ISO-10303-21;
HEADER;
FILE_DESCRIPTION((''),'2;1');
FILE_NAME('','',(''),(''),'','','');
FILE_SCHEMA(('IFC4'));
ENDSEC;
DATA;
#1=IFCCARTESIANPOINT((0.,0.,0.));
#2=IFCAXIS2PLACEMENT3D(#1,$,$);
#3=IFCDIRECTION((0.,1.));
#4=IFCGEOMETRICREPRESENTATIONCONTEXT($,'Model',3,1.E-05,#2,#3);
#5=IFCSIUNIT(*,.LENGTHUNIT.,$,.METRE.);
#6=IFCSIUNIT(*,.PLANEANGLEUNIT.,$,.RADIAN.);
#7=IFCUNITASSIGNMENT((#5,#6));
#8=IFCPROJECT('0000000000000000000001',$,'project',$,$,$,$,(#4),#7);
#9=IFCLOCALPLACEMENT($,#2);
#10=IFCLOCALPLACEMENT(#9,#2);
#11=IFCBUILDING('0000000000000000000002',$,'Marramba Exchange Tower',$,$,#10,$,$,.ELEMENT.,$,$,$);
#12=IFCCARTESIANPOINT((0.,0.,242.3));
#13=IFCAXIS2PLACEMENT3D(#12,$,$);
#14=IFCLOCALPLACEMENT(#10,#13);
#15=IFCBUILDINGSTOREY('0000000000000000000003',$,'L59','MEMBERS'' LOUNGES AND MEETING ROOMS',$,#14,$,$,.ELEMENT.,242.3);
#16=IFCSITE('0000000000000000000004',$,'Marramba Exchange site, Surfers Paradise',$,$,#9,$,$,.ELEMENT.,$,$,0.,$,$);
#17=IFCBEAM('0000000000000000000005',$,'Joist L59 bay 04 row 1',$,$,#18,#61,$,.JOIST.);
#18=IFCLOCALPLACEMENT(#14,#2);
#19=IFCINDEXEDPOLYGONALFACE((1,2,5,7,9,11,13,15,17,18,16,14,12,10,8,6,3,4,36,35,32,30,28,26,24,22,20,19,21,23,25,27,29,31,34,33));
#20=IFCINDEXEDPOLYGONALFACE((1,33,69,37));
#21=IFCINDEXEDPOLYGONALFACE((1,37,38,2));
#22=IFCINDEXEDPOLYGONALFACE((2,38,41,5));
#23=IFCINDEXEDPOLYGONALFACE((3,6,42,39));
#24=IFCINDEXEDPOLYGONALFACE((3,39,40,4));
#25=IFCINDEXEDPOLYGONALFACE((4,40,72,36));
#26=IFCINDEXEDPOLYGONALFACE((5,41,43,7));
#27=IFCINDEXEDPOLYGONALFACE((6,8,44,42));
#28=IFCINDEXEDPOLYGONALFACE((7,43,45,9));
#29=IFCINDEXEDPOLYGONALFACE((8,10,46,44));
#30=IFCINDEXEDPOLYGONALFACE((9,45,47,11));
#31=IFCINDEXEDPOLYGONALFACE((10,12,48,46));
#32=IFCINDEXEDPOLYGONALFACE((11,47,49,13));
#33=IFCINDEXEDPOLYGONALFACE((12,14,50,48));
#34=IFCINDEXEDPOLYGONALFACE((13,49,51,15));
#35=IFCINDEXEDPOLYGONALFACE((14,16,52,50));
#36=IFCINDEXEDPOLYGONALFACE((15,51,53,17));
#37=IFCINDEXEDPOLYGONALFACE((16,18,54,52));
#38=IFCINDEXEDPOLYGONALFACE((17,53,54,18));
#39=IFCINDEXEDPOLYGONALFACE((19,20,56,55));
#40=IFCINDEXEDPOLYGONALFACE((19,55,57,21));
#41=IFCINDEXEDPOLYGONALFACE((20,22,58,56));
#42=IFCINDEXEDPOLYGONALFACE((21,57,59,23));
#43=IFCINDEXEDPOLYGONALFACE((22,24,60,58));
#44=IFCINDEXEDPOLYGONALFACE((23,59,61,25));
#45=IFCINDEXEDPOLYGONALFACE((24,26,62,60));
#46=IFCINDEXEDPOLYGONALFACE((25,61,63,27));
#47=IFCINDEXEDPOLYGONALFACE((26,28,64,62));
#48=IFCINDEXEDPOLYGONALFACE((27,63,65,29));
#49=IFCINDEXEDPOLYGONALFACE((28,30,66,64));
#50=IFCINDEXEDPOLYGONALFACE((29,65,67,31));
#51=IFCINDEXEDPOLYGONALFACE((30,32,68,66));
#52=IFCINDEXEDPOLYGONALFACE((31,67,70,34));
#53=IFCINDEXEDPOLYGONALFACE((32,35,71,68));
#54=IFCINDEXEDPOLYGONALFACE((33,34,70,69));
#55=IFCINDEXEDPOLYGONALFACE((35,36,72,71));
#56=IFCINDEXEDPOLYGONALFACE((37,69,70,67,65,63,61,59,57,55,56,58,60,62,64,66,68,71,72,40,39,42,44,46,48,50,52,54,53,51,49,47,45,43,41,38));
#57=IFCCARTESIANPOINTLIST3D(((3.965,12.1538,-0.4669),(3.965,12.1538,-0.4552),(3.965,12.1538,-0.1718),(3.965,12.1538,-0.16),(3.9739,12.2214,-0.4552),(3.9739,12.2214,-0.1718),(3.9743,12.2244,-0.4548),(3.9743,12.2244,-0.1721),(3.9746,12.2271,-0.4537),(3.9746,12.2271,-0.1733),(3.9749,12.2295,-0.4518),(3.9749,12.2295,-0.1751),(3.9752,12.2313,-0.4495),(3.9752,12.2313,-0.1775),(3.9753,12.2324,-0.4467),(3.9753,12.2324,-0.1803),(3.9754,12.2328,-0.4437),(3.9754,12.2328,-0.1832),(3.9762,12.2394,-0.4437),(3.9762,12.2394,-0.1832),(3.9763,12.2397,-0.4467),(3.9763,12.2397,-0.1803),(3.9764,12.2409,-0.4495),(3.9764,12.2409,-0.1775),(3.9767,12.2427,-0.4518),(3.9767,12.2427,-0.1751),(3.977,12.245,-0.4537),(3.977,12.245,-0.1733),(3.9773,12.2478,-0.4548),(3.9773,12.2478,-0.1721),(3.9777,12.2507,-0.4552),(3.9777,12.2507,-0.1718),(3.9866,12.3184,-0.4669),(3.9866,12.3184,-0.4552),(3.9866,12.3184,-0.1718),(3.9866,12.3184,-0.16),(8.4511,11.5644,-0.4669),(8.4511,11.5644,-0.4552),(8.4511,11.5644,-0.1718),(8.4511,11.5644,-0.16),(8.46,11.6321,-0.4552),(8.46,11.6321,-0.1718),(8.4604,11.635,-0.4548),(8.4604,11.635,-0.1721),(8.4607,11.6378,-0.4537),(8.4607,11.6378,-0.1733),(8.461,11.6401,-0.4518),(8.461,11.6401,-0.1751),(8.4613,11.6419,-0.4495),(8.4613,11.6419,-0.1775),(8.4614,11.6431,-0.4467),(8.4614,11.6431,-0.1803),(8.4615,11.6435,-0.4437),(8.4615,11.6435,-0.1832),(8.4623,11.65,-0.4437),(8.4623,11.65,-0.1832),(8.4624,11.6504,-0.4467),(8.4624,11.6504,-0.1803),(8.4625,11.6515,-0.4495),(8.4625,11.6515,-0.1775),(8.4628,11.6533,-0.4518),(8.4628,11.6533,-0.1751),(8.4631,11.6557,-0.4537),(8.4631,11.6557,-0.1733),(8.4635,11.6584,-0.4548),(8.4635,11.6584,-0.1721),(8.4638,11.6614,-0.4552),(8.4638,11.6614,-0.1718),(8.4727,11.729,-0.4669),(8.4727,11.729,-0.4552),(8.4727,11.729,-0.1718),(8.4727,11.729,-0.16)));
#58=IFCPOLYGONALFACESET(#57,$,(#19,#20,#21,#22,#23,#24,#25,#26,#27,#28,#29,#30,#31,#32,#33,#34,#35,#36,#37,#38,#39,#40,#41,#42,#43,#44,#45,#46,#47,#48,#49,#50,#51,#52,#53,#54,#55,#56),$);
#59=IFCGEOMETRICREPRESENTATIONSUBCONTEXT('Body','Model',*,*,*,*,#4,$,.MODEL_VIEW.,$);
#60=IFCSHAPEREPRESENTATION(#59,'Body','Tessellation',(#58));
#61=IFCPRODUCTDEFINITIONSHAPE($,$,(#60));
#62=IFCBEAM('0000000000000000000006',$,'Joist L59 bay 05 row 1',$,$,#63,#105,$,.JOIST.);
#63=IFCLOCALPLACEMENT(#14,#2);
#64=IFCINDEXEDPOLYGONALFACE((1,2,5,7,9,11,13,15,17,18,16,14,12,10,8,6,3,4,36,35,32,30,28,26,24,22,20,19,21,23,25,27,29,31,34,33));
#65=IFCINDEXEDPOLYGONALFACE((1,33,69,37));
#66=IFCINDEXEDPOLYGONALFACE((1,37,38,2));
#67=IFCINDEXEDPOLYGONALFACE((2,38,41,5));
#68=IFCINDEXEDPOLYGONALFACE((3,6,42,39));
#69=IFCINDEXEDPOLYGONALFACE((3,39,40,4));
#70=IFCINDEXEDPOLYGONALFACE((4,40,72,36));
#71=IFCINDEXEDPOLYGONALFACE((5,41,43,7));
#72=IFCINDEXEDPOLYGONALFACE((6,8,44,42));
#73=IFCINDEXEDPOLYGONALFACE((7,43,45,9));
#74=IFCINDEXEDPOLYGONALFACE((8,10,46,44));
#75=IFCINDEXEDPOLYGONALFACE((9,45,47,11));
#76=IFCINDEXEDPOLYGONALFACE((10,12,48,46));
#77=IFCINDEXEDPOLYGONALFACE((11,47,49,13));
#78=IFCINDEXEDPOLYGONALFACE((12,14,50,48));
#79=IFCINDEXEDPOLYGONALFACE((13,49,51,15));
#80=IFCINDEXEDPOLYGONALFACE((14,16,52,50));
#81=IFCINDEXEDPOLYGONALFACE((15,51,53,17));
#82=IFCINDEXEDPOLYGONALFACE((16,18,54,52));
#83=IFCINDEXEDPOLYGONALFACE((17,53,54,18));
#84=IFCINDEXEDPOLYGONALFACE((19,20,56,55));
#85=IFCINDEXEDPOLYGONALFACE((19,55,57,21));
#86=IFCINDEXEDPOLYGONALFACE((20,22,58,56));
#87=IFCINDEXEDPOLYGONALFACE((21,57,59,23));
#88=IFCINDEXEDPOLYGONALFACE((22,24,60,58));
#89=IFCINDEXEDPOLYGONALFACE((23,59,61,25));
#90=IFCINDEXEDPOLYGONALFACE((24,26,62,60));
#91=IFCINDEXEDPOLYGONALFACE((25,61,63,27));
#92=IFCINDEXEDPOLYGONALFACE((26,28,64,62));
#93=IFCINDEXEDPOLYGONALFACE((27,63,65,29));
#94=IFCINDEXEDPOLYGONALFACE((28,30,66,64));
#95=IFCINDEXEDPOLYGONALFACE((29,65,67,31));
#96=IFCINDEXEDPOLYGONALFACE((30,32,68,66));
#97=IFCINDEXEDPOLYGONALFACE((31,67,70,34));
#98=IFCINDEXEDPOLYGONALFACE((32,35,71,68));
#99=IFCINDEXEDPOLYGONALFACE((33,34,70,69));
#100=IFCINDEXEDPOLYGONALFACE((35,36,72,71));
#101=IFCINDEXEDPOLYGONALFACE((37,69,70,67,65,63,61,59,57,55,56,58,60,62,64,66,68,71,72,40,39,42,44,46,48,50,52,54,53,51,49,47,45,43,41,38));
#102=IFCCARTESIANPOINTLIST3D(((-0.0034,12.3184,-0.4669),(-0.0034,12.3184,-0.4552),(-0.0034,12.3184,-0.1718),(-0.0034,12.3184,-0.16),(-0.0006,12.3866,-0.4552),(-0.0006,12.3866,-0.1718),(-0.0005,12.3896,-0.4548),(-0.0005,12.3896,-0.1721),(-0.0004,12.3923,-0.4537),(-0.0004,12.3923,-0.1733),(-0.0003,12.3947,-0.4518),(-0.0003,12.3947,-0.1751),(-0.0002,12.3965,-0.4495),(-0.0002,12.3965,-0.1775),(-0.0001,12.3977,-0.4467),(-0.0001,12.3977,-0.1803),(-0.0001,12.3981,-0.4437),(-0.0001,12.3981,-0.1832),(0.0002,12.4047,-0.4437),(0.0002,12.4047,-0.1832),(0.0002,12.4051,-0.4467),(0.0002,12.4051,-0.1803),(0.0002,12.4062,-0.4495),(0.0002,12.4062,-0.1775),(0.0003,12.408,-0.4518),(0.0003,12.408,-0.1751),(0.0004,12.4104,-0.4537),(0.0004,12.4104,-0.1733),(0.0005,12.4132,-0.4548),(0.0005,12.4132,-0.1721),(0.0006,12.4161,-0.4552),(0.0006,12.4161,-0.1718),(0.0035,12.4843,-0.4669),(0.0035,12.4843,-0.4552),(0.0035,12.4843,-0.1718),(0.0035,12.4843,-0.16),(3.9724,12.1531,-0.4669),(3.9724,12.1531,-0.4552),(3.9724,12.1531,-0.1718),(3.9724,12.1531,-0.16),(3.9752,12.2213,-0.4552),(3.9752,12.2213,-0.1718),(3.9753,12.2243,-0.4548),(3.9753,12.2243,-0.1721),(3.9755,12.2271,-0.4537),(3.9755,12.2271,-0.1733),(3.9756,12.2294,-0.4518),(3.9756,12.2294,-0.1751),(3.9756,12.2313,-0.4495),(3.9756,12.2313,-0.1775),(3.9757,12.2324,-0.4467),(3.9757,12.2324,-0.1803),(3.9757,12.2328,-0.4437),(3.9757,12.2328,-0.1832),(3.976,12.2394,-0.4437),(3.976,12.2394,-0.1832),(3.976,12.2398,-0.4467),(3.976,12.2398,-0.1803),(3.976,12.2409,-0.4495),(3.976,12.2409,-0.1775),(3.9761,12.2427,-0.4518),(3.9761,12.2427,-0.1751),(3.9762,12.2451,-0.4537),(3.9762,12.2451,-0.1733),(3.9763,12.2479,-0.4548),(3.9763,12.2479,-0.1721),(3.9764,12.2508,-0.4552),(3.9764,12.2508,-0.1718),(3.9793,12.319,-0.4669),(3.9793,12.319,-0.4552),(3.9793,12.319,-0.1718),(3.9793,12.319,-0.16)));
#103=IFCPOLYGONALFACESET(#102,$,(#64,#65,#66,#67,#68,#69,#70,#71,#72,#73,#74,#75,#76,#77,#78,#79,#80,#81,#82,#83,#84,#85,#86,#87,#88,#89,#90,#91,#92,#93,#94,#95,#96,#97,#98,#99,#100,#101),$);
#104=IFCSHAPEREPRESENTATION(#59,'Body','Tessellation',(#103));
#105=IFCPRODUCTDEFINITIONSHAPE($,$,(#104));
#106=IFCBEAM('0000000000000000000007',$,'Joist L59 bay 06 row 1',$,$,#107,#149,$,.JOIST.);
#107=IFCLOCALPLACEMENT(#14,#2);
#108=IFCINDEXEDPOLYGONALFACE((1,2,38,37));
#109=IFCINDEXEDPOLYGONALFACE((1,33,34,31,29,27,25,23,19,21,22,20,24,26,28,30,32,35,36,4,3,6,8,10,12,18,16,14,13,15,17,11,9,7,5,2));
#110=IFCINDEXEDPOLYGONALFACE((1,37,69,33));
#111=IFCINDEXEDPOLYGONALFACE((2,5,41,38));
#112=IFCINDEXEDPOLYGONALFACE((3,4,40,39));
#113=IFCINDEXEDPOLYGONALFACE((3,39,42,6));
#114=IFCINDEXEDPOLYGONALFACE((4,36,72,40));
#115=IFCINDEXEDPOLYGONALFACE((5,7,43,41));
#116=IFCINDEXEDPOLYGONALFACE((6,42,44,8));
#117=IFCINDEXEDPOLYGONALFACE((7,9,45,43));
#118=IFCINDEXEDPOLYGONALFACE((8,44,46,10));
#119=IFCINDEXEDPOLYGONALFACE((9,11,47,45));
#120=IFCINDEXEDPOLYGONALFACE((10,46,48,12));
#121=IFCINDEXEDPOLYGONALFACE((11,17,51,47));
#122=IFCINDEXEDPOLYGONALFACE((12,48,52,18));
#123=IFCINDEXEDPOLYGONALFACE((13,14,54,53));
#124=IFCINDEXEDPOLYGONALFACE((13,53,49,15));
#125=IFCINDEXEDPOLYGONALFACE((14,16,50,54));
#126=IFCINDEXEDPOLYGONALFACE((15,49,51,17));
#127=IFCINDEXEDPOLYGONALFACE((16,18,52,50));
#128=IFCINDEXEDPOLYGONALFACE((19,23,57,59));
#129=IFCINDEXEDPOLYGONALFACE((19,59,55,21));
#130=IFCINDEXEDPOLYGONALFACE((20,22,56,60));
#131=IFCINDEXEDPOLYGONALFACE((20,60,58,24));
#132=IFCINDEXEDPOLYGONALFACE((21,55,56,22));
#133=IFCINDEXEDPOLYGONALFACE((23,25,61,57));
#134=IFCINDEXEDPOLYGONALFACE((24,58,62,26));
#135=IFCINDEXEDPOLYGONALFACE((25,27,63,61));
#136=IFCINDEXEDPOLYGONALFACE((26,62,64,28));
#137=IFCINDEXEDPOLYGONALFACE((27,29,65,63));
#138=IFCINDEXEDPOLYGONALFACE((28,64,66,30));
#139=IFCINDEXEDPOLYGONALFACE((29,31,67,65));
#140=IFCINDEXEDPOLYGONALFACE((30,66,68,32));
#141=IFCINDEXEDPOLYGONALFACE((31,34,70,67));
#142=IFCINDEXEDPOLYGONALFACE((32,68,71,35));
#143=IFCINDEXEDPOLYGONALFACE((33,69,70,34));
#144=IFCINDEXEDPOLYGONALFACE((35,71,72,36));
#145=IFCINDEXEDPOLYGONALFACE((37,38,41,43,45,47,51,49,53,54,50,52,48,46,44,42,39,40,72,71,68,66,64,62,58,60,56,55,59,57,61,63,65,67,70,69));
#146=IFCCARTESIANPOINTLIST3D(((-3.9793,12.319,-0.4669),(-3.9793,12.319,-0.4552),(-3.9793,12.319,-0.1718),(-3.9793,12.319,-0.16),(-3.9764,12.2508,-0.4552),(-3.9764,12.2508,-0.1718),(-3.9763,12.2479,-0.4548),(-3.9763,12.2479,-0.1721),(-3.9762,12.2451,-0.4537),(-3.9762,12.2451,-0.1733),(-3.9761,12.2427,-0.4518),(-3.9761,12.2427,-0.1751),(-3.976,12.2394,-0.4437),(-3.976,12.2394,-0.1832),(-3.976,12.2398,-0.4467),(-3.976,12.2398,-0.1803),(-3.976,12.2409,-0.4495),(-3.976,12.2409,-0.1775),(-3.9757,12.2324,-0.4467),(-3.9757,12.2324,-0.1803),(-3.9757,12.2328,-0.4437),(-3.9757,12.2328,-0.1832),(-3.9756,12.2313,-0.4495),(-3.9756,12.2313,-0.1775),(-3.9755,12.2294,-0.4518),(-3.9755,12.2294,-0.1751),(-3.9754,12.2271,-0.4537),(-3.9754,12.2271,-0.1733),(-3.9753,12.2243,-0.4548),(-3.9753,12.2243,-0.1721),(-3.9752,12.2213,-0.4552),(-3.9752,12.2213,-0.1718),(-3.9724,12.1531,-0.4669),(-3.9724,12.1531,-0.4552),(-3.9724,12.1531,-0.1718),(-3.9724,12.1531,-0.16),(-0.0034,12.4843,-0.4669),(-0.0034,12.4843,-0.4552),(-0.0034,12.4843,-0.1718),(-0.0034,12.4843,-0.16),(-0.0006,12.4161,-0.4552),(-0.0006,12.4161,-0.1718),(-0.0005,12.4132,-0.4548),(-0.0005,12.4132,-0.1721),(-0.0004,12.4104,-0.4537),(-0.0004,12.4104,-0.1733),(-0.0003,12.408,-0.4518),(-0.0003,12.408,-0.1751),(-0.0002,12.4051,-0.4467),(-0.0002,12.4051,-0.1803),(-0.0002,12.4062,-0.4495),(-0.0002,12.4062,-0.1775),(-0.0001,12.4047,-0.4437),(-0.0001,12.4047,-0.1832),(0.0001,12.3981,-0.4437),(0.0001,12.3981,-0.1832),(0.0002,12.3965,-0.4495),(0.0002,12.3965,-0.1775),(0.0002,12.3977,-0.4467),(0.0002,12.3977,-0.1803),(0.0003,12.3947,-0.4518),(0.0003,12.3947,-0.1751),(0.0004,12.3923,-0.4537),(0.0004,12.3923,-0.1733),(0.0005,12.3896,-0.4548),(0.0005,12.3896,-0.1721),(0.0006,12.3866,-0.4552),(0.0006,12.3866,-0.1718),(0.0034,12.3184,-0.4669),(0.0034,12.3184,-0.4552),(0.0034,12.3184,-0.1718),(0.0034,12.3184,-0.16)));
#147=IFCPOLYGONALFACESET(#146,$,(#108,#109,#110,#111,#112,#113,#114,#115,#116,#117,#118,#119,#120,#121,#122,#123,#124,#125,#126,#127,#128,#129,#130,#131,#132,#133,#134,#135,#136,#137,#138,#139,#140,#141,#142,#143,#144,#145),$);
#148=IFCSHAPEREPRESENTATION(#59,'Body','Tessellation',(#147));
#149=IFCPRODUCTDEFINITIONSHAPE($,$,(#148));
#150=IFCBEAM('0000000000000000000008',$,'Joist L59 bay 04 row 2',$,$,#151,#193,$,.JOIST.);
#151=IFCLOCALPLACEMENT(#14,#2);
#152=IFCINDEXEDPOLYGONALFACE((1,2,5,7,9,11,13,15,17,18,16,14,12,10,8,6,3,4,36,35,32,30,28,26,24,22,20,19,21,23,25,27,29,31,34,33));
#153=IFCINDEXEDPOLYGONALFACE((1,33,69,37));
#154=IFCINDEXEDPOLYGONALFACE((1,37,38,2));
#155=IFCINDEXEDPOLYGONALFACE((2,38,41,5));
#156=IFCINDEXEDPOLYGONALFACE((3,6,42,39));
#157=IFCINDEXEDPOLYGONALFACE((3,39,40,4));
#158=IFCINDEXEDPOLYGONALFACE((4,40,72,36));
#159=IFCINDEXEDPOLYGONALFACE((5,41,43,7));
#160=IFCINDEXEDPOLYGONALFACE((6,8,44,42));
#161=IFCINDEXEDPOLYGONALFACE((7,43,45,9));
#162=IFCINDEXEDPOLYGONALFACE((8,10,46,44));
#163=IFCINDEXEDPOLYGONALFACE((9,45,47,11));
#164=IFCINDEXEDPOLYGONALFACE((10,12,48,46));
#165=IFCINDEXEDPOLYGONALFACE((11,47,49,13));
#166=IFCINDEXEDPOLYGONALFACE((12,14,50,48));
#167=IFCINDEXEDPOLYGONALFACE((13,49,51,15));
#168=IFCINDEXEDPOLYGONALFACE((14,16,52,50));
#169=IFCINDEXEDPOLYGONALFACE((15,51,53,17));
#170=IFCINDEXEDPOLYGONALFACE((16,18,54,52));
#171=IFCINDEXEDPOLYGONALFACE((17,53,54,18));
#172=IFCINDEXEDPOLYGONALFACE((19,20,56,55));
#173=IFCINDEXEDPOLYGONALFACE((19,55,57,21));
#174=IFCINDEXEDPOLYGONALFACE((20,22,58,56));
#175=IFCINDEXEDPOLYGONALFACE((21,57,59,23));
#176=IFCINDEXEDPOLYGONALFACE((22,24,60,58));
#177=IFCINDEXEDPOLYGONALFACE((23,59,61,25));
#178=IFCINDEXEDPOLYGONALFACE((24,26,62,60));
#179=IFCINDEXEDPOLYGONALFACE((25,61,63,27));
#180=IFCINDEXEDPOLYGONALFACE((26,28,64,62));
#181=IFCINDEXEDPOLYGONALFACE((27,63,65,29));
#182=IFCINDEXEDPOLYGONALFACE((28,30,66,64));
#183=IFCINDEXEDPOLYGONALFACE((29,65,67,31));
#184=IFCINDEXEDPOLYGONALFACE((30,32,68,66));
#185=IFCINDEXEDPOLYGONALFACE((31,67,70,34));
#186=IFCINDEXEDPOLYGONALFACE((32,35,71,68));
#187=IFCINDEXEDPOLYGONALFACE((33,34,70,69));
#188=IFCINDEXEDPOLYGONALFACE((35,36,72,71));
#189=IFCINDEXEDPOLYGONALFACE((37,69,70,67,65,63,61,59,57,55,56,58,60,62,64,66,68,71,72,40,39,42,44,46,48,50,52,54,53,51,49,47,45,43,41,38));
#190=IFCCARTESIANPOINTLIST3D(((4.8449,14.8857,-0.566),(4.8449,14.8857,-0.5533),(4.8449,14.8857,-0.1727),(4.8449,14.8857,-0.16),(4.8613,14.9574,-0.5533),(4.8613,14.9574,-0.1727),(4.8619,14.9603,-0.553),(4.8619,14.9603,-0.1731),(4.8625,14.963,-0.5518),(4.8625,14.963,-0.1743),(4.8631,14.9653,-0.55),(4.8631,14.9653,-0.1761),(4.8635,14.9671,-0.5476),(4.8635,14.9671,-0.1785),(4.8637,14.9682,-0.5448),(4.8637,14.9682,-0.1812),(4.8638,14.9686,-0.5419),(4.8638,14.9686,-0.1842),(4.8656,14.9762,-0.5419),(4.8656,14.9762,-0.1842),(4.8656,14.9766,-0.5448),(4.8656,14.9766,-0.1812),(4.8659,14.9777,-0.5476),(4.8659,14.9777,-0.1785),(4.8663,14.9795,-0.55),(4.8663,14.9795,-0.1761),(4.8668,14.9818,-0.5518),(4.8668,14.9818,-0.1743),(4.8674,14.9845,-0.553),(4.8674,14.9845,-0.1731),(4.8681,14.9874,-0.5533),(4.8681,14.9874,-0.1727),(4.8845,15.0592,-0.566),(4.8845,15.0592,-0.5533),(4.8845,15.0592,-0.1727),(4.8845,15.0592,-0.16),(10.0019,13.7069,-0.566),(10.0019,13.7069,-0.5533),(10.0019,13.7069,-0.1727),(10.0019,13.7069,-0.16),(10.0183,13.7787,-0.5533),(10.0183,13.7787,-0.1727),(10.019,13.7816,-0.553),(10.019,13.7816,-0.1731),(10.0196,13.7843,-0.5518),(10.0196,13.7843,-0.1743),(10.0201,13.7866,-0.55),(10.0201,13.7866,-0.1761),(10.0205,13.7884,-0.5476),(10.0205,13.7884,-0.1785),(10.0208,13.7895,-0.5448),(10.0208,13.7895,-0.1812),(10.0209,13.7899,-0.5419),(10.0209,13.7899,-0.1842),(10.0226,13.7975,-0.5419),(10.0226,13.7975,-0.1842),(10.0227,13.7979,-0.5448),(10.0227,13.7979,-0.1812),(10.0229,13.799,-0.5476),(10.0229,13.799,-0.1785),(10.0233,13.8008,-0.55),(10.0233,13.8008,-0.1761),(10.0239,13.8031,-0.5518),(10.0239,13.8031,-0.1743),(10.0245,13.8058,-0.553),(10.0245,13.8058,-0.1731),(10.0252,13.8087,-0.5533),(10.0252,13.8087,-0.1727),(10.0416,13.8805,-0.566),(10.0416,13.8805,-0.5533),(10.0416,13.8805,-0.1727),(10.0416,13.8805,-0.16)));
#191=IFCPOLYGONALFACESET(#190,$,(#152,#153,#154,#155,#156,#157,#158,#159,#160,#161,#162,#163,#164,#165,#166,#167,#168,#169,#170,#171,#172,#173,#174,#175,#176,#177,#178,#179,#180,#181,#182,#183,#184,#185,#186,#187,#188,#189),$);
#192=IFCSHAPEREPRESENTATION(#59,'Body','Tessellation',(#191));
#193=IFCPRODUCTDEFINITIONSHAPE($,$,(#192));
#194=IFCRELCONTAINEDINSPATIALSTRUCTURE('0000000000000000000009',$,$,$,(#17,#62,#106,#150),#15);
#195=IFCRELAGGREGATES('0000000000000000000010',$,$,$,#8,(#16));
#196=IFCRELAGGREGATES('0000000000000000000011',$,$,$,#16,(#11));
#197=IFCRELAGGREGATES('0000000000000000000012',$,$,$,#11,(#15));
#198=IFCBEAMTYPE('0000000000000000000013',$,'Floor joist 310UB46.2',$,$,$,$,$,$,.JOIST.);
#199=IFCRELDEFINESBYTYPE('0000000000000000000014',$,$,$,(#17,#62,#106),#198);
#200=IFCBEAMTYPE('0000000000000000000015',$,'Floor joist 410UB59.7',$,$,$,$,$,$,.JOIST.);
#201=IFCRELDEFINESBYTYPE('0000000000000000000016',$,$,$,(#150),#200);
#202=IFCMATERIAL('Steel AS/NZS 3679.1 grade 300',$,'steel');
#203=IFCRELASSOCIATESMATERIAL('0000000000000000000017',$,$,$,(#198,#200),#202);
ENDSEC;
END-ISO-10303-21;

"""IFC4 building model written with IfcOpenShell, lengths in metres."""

from ifc_helpers import new_model, si_unit, direction, frame, origin, origin_2d, place, context, subcontext, project, spatial, i_section, extrude, material, material_profile, profile_set, type_object, element, save


model = new_model("IFC4")

# Units and contexts
model_context = context("Model", 3, precision=1e-05, world=origin(), true_north=direction((0.0, 1.0)))
body_context = subcontext(model_context, "Body", "Model", "MODEL_VIEW")
ifc_project = project(units=[si_unit("LENGTHUNIT", "METRE"), si_unit("PLANEANGLEUNIT", "RADIAN")], contexts=[model_context])

# Site, building, storey
site_placement = place(None, origin())
site = spatial("IfcSite", under=ifc_project, at=site_placement, Name="Marramba Exchange site, Surfers Paradise", CompositionType="ELEMENT", RefElevation=0.0)
building_placement = place(site_placement, origin())
building = spatial("IfcBuilding", under=site, at=building_placement, Name="Marramba Exchange Tower", CompositionType="ELEMENT")
storey_placement = place(building_placement, frame((0.0, 0.0, 242.3)))
storey = spatial("IfcBuildingStorey", under=building, at=storey_placement, Name="L59", Description="MEMBERS' LOUNGES AND MEETING ROOMS", CompositionType="ELEMENT", Elevation=242.3)

# Beams
ifc_material_1 = material(Name="Steel AS/NZS 3679.1 grade 300", Category="steel")
ifc_material_profile_1 = material_profile(ifc_material_1, i_section(OverallWidth=0.166, OverallDepth=0.3069, WebThickness=0.0066, FlangeThickness=0.0117, FilletRadius=0.0115, at=origin_2d()), Name="310UB46.2")
ifc_profile_set_1 = profile_set([ifc_material_profile_1], Name="Steel AS/NZS 3679.1 grade 300")
beam_type_1 = type_object("IfcBeamType", Name="Floor joist 310UB46.2", PredefinedType="JOIST", material=ifc_profile_set_1)
beam_1_placement = place(storey_placement, frame((8.4619, 11.6467, -0.3135), z_axis=(-0.991481, 0.130255, 0.0), x_axis=(-0.130255, -0.991481, 0.0)))
element("IfcBeam", 1, at=beam_1_placement, inside=storey, type_object=beam_type_1, Name="Joist L59 bay 04 row 1", PredefinedType="JOIST", context=body_context, shape_type="SweptSolid", body=[
    extrude(i_section(OverallWidth=0.166, OverallDepth=0.3069, WebThickness=0.0066, FlangeThickness=0.0117, FilletRadius=0.0115, at=origin_2d()), origin(), (0.0, 0.0, 1.0), 4.5247),
])
for number, where, z_axis, x_axis, name in (
    (2, (3.9758, 12.2361, -0.3135), (-0.999137, 0.041536, 0.0), (-0.041536, -0.999137, 0.0), "Joist L59 bay 05 row 1"),
    (3, (0.0, 12.4014, -0.3135), (-0.999137, -0.041536, 0.0), (0.041536, -0.999137, 0.0), "Joist L59 bay 06 row 1"),
):
    element("IfcBeam", number, at=place(storey_placement, frame(where, z_axis=z_axis, x_axis=x_axis)), inside=storey, type_object=beam_type_1, Name=name, PredefinedType="JOIST", context=body_context, shape_type="SweptSolid", body=[
        extrude(i_section(OverallWidth=0.166, OverallDepth=0.3069, WebThickness=0.0066, FlangeThickness=0.0117, FilletRadius=0.0115, at=origin_2d()), origin(), (0.0, 0.0, 1.0), 3.9792),
    ])
ifc_material_profile_2 = material_profile(ifc_material_1, i_section(OverallWidth=0.178, OverallDepth=0.406, WebThickness=0.0078, FlangeThickness=0.0127, FilletRadius=0.0115, at=origin_2d()), Name="410UB59.7")
ifc_profile_set_2 = profile_set([ifc_material_profile_2], Name="Steel AS/NZS 3679.1 grade 300")
beam_type_2 = type_object("IfcBeamType", Name="Floor joist 410UB59.7", PredefinedType="JOIST", material=ifc_profile_set_2)
beam_2_placement = place(storey_placement, frame((10.0217, 13.7937, -0.363), z_axis=(-0.97486, 0.22282, 0.0), x_axis=(-0.22282, -0.97486, 0.0)))
element("IfcBeam", 4, at=beam_2_placement, inside=storey, type_object=beam_type_2, Name="Joist L59 bay 04 row 2", PredefinedType="JOIST", context=body_context, shape_type="SweptSolid", body=[
    extrude(i_section(OverallWidth=0.178, OverallDepth=0.406, WebThickness=0.0078, FlangeThickness=0.0127, FilletRadius=0.0115, at=origin_2d()), origin(), (0.0, 0.0, 1.0), 5.29),
])

save(model, "model.ifc")
